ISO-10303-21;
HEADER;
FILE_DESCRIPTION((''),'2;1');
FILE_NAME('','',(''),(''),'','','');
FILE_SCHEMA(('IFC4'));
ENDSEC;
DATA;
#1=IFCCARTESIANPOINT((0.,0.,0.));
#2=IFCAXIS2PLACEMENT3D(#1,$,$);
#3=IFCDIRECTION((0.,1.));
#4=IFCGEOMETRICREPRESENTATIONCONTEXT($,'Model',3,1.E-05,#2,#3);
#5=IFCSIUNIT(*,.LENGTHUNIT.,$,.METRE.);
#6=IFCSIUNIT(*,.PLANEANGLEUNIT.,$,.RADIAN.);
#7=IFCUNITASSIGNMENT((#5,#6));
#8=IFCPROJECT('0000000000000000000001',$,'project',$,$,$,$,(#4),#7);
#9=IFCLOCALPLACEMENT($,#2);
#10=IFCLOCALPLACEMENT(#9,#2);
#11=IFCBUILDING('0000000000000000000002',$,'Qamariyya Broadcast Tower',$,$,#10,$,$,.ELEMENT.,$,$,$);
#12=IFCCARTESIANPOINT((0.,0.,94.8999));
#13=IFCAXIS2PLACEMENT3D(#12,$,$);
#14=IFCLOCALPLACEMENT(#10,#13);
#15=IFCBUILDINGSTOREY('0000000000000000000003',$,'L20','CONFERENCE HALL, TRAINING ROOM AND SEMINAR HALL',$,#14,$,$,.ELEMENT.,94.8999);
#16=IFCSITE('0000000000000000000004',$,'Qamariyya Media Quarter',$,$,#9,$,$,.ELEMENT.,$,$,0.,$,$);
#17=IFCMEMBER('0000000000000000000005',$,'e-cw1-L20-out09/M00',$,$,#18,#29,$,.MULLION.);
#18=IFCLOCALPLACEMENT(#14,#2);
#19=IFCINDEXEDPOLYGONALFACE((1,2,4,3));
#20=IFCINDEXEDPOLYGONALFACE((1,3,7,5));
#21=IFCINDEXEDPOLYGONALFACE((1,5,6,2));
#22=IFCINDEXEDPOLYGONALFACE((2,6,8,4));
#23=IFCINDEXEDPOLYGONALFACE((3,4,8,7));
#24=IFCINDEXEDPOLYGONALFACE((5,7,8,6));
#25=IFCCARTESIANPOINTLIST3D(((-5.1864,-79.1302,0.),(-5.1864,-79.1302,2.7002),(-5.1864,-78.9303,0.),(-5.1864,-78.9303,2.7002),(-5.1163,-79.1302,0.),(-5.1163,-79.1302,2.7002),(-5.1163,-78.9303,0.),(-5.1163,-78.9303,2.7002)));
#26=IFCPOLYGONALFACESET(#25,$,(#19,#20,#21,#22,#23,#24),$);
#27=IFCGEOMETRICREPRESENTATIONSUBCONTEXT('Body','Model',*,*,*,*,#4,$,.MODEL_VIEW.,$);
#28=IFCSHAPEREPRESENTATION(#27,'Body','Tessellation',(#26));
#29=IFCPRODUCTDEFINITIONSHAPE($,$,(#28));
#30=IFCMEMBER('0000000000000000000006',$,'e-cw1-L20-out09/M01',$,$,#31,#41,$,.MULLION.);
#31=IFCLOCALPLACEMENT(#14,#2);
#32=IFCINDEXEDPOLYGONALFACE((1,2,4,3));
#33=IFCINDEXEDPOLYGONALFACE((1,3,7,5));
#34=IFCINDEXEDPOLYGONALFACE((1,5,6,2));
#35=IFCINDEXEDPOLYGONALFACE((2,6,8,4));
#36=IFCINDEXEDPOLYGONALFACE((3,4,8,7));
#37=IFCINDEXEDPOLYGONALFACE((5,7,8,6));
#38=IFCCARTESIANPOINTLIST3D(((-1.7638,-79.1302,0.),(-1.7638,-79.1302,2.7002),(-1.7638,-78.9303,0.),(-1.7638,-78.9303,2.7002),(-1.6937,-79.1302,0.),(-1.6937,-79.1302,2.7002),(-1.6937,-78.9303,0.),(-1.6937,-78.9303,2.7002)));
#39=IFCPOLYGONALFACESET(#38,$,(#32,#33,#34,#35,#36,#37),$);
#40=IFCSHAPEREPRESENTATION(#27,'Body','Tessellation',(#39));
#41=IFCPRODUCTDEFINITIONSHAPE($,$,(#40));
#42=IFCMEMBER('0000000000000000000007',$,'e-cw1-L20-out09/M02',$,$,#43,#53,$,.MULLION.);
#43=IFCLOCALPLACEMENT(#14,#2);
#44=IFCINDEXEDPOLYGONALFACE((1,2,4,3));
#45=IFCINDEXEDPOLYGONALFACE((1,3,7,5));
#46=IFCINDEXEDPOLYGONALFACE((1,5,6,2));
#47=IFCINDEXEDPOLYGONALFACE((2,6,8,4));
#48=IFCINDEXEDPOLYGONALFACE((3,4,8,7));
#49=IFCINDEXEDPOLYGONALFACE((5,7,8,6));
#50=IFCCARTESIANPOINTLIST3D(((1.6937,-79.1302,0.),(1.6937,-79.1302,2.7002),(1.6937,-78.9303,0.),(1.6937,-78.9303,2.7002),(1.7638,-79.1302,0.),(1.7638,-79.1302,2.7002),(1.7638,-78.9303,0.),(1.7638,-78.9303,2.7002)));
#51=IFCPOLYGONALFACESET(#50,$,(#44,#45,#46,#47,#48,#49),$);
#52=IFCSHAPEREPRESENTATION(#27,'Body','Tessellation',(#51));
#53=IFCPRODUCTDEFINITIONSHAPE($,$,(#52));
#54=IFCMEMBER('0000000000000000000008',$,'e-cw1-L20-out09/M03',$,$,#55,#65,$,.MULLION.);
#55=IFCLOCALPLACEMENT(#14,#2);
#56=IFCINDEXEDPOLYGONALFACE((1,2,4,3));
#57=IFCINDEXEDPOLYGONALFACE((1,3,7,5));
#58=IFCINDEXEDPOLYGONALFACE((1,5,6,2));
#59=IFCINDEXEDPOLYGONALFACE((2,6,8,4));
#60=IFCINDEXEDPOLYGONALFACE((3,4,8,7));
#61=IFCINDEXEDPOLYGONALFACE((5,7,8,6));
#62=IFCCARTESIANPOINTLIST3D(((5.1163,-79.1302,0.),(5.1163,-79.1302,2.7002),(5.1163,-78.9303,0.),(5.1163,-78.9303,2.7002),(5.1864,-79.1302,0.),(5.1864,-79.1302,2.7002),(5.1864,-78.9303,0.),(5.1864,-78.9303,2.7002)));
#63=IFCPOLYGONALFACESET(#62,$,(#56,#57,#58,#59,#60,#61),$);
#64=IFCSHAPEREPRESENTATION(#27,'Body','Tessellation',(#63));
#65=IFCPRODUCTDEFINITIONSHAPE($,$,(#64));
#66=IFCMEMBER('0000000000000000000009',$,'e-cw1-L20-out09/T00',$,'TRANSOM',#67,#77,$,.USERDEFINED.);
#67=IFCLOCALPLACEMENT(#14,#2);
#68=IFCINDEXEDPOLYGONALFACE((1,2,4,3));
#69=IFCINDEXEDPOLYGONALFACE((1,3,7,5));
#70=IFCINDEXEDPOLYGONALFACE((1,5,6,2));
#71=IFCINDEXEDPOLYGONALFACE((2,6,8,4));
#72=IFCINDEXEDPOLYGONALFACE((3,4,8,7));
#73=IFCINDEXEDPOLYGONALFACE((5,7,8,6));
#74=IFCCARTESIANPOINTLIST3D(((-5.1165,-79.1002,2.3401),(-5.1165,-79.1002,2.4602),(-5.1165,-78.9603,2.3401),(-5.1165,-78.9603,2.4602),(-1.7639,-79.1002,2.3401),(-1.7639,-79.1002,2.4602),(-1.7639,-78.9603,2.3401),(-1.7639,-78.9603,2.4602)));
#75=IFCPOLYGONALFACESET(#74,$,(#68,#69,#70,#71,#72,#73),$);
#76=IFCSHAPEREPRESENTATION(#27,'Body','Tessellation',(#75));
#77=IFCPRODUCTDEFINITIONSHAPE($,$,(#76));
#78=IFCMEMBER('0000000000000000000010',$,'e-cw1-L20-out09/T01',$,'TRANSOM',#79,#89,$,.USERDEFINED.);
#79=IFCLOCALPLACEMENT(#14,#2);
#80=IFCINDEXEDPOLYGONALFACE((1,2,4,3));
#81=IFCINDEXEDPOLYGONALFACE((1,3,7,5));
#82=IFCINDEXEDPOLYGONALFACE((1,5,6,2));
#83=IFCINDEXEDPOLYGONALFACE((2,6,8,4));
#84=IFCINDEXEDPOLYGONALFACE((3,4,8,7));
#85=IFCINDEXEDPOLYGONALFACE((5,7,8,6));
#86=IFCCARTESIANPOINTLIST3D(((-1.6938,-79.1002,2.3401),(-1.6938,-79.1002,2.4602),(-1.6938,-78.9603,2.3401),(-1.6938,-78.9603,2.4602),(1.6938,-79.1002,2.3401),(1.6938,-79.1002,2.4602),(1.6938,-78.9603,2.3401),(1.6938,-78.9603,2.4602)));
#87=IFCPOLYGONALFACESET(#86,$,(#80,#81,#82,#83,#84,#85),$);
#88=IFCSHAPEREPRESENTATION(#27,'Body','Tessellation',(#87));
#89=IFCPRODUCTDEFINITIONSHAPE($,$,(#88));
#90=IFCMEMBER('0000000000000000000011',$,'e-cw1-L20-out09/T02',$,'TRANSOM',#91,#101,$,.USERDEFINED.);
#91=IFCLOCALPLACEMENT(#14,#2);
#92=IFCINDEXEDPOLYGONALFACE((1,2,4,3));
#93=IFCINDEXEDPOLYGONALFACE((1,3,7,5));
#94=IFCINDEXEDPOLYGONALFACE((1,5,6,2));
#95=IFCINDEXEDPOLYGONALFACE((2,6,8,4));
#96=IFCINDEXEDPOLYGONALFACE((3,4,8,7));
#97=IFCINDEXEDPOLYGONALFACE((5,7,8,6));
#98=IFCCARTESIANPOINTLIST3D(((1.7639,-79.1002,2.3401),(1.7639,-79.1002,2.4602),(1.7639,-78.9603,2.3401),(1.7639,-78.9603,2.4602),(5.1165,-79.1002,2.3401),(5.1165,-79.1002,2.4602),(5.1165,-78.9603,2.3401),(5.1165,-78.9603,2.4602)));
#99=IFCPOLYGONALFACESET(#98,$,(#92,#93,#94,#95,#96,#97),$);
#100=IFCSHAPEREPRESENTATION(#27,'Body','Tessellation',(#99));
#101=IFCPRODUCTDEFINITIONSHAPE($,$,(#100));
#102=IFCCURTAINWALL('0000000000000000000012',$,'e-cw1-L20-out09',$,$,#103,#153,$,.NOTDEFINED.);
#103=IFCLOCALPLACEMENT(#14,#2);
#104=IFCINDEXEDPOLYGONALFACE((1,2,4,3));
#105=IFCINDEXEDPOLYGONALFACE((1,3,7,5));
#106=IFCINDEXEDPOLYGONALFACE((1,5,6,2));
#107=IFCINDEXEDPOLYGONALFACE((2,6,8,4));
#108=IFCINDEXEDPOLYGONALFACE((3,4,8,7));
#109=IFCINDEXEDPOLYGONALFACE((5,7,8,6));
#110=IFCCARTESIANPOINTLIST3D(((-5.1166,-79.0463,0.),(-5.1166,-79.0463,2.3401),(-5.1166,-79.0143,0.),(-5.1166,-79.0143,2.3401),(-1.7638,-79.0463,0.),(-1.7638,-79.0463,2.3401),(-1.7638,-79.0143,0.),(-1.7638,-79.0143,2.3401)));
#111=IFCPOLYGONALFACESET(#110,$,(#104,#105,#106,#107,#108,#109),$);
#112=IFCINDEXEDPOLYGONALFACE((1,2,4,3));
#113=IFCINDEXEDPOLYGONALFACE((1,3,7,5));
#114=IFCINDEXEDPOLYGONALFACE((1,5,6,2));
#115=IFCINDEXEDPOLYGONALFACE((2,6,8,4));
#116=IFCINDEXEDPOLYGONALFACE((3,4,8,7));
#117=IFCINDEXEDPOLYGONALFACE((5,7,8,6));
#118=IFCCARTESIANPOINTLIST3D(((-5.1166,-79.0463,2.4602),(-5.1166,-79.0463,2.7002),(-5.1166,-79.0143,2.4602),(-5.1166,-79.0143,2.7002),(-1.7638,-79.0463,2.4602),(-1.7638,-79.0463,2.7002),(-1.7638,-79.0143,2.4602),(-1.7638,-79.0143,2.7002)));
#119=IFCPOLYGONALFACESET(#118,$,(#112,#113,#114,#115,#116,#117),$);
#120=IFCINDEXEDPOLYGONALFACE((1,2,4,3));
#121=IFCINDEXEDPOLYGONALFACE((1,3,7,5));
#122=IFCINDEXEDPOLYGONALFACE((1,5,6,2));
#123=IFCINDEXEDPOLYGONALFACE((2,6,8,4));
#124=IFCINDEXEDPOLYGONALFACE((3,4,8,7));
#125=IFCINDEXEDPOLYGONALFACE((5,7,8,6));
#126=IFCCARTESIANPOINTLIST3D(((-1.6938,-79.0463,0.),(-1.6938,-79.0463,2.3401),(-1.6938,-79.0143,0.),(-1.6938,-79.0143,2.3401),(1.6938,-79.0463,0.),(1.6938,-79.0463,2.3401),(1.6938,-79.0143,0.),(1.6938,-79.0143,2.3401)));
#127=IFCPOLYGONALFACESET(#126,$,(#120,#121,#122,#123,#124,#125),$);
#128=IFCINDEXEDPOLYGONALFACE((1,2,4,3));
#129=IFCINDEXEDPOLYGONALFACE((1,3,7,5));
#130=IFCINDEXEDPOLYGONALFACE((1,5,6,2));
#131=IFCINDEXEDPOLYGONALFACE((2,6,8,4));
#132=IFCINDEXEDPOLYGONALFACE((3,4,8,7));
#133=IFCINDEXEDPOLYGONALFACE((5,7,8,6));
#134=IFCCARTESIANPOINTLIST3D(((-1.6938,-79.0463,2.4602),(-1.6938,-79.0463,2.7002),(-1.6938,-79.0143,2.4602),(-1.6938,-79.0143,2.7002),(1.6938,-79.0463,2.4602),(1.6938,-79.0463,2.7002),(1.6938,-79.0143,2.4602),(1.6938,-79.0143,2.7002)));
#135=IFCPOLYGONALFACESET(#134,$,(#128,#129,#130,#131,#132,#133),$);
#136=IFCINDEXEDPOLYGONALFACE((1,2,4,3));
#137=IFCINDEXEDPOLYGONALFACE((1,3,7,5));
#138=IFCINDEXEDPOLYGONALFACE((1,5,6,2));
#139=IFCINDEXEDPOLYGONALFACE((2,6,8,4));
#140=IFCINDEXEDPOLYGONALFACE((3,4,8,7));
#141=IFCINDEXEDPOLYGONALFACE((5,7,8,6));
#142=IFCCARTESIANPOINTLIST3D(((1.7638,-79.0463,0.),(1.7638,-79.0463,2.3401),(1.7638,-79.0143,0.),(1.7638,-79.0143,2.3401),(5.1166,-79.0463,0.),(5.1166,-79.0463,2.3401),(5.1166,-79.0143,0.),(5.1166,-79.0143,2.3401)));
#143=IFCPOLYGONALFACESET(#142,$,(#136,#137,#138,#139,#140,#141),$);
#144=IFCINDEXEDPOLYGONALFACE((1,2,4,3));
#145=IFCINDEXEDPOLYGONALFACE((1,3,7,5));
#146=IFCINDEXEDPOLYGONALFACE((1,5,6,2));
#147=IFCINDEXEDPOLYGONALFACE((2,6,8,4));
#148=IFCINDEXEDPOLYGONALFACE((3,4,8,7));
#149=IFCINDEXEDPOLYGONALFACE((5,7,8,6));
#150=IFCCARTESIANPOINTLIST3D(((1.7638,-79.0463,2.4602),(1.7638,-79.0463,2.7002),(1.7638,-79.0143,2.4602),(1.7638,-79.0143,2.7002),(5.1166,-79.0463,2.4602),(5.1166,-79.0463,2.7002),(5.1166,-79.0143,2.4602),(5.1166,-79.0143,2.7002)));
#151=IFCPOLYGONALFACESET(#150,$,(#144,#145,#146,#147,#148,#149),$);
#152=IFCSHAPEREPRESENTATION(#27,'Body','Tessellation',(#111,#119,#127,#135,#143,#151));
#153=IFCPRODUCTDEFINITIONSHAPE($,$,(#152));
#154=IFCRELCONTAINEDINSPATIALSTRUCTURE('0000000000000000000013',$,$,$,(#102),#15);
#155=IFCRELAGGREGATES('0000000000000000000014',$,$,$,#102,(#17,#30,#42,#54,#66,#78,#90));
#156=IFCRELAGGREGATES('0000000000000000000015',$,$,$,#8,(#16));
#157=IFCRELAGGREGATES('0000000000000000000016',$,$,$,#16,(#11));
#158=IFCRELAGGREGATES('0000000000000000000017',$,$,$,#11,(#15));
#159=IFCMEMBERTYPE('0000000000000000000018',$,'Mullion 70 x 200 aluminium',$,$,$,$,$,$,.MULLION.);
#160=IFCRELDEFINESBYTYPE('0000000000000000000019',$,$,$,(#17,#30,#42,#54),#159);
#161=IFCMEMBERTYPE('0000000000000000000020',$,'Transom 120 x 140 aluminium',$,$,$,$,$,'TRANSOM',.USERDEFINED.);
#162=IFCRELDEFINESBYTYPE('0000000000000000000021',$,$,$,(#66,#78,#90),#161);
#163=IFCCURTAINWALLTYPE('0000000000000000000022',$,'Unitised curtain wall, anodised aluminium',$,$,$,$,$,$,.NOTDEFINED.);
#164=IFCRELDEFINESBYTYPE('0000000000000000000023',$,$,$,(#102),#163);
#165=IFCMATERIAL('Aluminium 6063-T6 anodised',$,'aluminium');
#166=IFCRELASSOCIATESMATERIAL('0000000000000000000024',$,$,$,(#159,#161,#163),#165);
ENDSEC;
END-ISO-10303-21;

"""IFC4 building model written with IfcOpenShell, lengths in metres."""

from ifc_helpers import new_model, si_unit, direction, frame, origin, origin_2d, place, context, subcontext, project, spatial, rectangle, extrude, material, material_profile, profile_set, type_object, element, aggregate, save


model = new_model("IFC4")

# Units and contexts
model_context = context("Model", 3, precision=1e-05, world=origin(), true_north=direction((0.0, 1.0)))
body_context = subcontext(model_context, "Body", "Model", "MODEL_VIEW")
ifc_project = project(units=[si_unit("LENGTHUNIT", "METRE"), si_unit("PLANEANGLEUNIT", "RADIAN")], contexts=[model_context])

# Members
ifc_material = material(Name="Aluminium 6063-T6 anodised", Category="aluminium")
ifc_material_profile_1 = material_profile(ifc_material, rectangle(XDim=0.2, YDim=0.0701, at=origin_2d()))
ifc_profile_set_1 = profile_set([ifc_material_profile_1], Name="Aluminium 6063-T6 anodised")
member_type_1 = type_object("IfcMemberType", Name="Mullion 70 x 200 aluminium", PredefinedType="MULLION", material=ifc_profile_set_1)
site_placement = place(None, origin())
building_placement = place(site_placement, origin())
storey_placement = place(building_placement, frame((0.0, 0.0, 94.8999)))
member_1_placement = place(storey_placement, frame((-5.1514, -79.0303, 0.0), z_axis=(0.0, 0.0, 1.0), x_axis=(0.0, 1.0, 0.0)))
member_1 = element("IfcMember", 1, at=member_1_placement, type_object=member_type_1, Name="e-cw1-L20-out09/M00", PredefinedType="MULLION", context=body_context, shape_type="SweptSolid", body=[
    extrude(rectangle(XDim=0.2, YDim=0.0701, at=origin_2d()), origin(), (0.0, 0.0, 1.0), 2.7002),
])
member_2_placement = place(storey_placement, frame((-1.7288, -79.0303, 0.0), z_axis=(0.0, 0.0, 1.0), x_axis=(0.0, 1.0, 0.0)))
member_2 = element("IfcMember", 2, at=member_2_placement, type_object=member_type_1, Name="e-cw1-L20-out09/M01", PredefinedType="MULLION", context=body_context, shape_type="SweptSolid", body=[
    extrude(rectangle(XDim=0.2, YDim=0.0701, at=origin_2d()), origin(), (0.0, 0.0, 1.0), 2.7002),
])
member_3_placement = place(storey_placement, frame((1.7288, -79.0303, 0.0), z_axis=(0.0, 0.0, 1.0), x_axis=(0.0, 1.0, 0.0)))
member_3 = element("IfcMember", 3, at=member_3_placement, type_object=member_type_1, Name="e-cw1-L20-out09/M02", PredefinedType="MULLION", context=body_context, shape_type="SweptSolid", body=[
    extrude(rectangle(XDim=0.2, YDim=0.0701, at=origin_2d()), origin(), (0.0, 0.0, 1.0), 2.7002),
])
member_4_placement = place(storey_placement, frame((5.1514, -79.0303, 0.0), z_axis=(0.0, 0.0, 1.0), x_axis=(0.0, 1.0, 0.0)))
member_4 = element("IfcMember", 4, at=member_4_placement, type_object=member_type_1, Name="e-cw1-L20-out09/M03", PredefinedType="MULLION", context=body_context, shape_type="SweptSolid", body=[
    extrude(rectangle(XDim=0.2, YDim=0.0701, at=origin_2d()), origin(), (0.0, 0.0, 1.0), 2.7002),
])
ifc_material_profile_2 = material_profile(ifc_material, rectangle(XDim=0.1399, YDim=0.1201, at=origin_2d()))
ifc_profile_set_2 = profile_set([ifc_material_profile_2], Name="Aluminium 6063-T6 anodised")
member_type_2 = type_object("IfcMemberType", Name="Transom 120 x 140 aluminium", ElementType="TRANSOM", PredefinedType="USERDEFINED", material=ifc_profile_set_2)
member_5_placement = place(storey_placement, frame((-5.1165, -79.0303, 2.4001), z_axis=(1.0, 0.0, 0.0), x_axis=(0.0, 1.0, 0.0)))
member_5 = element("IfcMember", 5, at=member_5_placement, type_object=member_type_2, Name="e-cw1-L20-out09/T00", ObjectType="TRANSOM", PredefinedType="USERDEFINED", context=body_context, shape_type="SweptSolid", body=[
    extrude(rectangle(XDim=0.1399, YDim=0.1201, at=origin_2d()), origin(), (0.0, 0.0, 1.0), 3.3525),
])
member_6_placement = place(storey_placement, frame((-1.6938, -79.0303, 2.4001), z_axis=(1.0, 0.0, 0.0), x_axis=(0.0, 1.0, 0.0)))
member_6 = element("IfcMember", 6, at=member_6_placement, type_object=member_type_2, Name="e-cw1-L20-out09/T01", ObjectType="TRANSOM", PredefinedType="USERDEFINED", context=body_context, shape_type="SweptSolid", body=[
    extrude(rectangle(XDim=0.1399, YDim=0.1201, at=origin_2d()), origin(), (0.0, 0.0, 1.0), 3.3877),
])
member_7_placement = place(storey_placement, frame((1.7639, -79.0303, 2.4001), z_axis=(1.0, 0.0, 0.0), x_axis=(0.0, 1.0, 0.0)))
member_7 = element("IfcMember", 7, at=member_7_placement, type_object=member_type_2, Name="e-cw1-L20-out09/T02", ObjectType="TRANSOM", PredefinedType="USERDEFINED", context=body_context, shape_type="SweptSolid", body=[
    extrude(rectangle(XDim=0.1399, YDim=0.1201, at=origin_2d()), origin(), (0.0, 0.0, 1.0), 3.3525),
])

# Site, building, storey
site = spatial("IfcSite", under=ifc_project, at=site_placement, Name="Qamariyya Media Quarter", CompositionType="ELEMENT", RefElevation=0.0)
building = spatial("IfcBuilding", under=site, at=building_placement, Name="Qamariyya Broadcast Tower", CompositionType="ELEMENT")
storey = spatial("IfcBuildingStorey", under=building, at=storey_placement, Name="L20", Description="CONFERENCE HALL, TRAINING ROOM AND SEMINAR HALL", CompositionType="ELEMENT", Elevation=94.8999)

# Curtain wall
curtain_wall_type = type_object("IfcCurtainWallType", Name="Unitised curtain wall, anodised aluminium", PredefinedType="NOTDEFINED", material=ifc_material)
curtain_wall_1_placement = place(storey_placement, origin())
curtain_wall_1 = element("IfcCurtainWall", 8, at=curtain_wall_1_placement, inside=storey, type_object=curtain_wall_type, Name="e-cw1-L20-out09", PredefinedType="NOTDEFINED", context=body_context, shape_type="SweptSolid", body=[
    extrude(rectangle(XDim=3.3528, YDim=0.032, at=origin_2d()), frame((-3.4402, -79.0303, 0.0), x_axis=(1.0, 0.0, 0.0)), (0.0, 0.0, 1.0), 2.3401),
    extrude(rectangle(XDim=3.3528, YDim=0.032, at=origin_2d()), frame((-3.4402, -79.0303, 2.4602), x_axis=(1.0, 0.0, 0.0)), (0.0, 0.0, 1.0), 0.24),
    extrude(rectangle(XDim=3.3877, YDim=0.032, at=origin_2d()), frame((0.0, -79.0303, 0.0), x_axis=(1.0, 0.0, 0.0)), (0.0, 0.0, 1.0), 2.3401),
    extrude(rectangle(XDim=3.3877, YDim=0.032, at=origin_2d()), frame((0.0, -79.0303, 2.4602), x_axis=(1.0, 0.0, 0.0)), (0.0, 0.0, 1.0), 0.24),
    extrude(rectangle(XDim=3.3528, YDim=0.032, at=origin_2d()), frame((3.4402, -79.0303, 0.0), x_axis=(1.0, 0.0, 0.0)), (0.0, 0.0, 1.0), 2.3401),
    extrude(rectangle(XDim=3.3528, YDim=0.032, at=origin_2d()), frame((3.4402, -79.0303, 2.4602), x_axis=(1.0, 0.0, 0.0)), (0.0, 0.0, 1.0), 0.24),
])
aggregate(curtain_wall_1, [member_1, member_2, member_3, member_4, member_5, member_6, member_7])

save(model, "model.ifc")
